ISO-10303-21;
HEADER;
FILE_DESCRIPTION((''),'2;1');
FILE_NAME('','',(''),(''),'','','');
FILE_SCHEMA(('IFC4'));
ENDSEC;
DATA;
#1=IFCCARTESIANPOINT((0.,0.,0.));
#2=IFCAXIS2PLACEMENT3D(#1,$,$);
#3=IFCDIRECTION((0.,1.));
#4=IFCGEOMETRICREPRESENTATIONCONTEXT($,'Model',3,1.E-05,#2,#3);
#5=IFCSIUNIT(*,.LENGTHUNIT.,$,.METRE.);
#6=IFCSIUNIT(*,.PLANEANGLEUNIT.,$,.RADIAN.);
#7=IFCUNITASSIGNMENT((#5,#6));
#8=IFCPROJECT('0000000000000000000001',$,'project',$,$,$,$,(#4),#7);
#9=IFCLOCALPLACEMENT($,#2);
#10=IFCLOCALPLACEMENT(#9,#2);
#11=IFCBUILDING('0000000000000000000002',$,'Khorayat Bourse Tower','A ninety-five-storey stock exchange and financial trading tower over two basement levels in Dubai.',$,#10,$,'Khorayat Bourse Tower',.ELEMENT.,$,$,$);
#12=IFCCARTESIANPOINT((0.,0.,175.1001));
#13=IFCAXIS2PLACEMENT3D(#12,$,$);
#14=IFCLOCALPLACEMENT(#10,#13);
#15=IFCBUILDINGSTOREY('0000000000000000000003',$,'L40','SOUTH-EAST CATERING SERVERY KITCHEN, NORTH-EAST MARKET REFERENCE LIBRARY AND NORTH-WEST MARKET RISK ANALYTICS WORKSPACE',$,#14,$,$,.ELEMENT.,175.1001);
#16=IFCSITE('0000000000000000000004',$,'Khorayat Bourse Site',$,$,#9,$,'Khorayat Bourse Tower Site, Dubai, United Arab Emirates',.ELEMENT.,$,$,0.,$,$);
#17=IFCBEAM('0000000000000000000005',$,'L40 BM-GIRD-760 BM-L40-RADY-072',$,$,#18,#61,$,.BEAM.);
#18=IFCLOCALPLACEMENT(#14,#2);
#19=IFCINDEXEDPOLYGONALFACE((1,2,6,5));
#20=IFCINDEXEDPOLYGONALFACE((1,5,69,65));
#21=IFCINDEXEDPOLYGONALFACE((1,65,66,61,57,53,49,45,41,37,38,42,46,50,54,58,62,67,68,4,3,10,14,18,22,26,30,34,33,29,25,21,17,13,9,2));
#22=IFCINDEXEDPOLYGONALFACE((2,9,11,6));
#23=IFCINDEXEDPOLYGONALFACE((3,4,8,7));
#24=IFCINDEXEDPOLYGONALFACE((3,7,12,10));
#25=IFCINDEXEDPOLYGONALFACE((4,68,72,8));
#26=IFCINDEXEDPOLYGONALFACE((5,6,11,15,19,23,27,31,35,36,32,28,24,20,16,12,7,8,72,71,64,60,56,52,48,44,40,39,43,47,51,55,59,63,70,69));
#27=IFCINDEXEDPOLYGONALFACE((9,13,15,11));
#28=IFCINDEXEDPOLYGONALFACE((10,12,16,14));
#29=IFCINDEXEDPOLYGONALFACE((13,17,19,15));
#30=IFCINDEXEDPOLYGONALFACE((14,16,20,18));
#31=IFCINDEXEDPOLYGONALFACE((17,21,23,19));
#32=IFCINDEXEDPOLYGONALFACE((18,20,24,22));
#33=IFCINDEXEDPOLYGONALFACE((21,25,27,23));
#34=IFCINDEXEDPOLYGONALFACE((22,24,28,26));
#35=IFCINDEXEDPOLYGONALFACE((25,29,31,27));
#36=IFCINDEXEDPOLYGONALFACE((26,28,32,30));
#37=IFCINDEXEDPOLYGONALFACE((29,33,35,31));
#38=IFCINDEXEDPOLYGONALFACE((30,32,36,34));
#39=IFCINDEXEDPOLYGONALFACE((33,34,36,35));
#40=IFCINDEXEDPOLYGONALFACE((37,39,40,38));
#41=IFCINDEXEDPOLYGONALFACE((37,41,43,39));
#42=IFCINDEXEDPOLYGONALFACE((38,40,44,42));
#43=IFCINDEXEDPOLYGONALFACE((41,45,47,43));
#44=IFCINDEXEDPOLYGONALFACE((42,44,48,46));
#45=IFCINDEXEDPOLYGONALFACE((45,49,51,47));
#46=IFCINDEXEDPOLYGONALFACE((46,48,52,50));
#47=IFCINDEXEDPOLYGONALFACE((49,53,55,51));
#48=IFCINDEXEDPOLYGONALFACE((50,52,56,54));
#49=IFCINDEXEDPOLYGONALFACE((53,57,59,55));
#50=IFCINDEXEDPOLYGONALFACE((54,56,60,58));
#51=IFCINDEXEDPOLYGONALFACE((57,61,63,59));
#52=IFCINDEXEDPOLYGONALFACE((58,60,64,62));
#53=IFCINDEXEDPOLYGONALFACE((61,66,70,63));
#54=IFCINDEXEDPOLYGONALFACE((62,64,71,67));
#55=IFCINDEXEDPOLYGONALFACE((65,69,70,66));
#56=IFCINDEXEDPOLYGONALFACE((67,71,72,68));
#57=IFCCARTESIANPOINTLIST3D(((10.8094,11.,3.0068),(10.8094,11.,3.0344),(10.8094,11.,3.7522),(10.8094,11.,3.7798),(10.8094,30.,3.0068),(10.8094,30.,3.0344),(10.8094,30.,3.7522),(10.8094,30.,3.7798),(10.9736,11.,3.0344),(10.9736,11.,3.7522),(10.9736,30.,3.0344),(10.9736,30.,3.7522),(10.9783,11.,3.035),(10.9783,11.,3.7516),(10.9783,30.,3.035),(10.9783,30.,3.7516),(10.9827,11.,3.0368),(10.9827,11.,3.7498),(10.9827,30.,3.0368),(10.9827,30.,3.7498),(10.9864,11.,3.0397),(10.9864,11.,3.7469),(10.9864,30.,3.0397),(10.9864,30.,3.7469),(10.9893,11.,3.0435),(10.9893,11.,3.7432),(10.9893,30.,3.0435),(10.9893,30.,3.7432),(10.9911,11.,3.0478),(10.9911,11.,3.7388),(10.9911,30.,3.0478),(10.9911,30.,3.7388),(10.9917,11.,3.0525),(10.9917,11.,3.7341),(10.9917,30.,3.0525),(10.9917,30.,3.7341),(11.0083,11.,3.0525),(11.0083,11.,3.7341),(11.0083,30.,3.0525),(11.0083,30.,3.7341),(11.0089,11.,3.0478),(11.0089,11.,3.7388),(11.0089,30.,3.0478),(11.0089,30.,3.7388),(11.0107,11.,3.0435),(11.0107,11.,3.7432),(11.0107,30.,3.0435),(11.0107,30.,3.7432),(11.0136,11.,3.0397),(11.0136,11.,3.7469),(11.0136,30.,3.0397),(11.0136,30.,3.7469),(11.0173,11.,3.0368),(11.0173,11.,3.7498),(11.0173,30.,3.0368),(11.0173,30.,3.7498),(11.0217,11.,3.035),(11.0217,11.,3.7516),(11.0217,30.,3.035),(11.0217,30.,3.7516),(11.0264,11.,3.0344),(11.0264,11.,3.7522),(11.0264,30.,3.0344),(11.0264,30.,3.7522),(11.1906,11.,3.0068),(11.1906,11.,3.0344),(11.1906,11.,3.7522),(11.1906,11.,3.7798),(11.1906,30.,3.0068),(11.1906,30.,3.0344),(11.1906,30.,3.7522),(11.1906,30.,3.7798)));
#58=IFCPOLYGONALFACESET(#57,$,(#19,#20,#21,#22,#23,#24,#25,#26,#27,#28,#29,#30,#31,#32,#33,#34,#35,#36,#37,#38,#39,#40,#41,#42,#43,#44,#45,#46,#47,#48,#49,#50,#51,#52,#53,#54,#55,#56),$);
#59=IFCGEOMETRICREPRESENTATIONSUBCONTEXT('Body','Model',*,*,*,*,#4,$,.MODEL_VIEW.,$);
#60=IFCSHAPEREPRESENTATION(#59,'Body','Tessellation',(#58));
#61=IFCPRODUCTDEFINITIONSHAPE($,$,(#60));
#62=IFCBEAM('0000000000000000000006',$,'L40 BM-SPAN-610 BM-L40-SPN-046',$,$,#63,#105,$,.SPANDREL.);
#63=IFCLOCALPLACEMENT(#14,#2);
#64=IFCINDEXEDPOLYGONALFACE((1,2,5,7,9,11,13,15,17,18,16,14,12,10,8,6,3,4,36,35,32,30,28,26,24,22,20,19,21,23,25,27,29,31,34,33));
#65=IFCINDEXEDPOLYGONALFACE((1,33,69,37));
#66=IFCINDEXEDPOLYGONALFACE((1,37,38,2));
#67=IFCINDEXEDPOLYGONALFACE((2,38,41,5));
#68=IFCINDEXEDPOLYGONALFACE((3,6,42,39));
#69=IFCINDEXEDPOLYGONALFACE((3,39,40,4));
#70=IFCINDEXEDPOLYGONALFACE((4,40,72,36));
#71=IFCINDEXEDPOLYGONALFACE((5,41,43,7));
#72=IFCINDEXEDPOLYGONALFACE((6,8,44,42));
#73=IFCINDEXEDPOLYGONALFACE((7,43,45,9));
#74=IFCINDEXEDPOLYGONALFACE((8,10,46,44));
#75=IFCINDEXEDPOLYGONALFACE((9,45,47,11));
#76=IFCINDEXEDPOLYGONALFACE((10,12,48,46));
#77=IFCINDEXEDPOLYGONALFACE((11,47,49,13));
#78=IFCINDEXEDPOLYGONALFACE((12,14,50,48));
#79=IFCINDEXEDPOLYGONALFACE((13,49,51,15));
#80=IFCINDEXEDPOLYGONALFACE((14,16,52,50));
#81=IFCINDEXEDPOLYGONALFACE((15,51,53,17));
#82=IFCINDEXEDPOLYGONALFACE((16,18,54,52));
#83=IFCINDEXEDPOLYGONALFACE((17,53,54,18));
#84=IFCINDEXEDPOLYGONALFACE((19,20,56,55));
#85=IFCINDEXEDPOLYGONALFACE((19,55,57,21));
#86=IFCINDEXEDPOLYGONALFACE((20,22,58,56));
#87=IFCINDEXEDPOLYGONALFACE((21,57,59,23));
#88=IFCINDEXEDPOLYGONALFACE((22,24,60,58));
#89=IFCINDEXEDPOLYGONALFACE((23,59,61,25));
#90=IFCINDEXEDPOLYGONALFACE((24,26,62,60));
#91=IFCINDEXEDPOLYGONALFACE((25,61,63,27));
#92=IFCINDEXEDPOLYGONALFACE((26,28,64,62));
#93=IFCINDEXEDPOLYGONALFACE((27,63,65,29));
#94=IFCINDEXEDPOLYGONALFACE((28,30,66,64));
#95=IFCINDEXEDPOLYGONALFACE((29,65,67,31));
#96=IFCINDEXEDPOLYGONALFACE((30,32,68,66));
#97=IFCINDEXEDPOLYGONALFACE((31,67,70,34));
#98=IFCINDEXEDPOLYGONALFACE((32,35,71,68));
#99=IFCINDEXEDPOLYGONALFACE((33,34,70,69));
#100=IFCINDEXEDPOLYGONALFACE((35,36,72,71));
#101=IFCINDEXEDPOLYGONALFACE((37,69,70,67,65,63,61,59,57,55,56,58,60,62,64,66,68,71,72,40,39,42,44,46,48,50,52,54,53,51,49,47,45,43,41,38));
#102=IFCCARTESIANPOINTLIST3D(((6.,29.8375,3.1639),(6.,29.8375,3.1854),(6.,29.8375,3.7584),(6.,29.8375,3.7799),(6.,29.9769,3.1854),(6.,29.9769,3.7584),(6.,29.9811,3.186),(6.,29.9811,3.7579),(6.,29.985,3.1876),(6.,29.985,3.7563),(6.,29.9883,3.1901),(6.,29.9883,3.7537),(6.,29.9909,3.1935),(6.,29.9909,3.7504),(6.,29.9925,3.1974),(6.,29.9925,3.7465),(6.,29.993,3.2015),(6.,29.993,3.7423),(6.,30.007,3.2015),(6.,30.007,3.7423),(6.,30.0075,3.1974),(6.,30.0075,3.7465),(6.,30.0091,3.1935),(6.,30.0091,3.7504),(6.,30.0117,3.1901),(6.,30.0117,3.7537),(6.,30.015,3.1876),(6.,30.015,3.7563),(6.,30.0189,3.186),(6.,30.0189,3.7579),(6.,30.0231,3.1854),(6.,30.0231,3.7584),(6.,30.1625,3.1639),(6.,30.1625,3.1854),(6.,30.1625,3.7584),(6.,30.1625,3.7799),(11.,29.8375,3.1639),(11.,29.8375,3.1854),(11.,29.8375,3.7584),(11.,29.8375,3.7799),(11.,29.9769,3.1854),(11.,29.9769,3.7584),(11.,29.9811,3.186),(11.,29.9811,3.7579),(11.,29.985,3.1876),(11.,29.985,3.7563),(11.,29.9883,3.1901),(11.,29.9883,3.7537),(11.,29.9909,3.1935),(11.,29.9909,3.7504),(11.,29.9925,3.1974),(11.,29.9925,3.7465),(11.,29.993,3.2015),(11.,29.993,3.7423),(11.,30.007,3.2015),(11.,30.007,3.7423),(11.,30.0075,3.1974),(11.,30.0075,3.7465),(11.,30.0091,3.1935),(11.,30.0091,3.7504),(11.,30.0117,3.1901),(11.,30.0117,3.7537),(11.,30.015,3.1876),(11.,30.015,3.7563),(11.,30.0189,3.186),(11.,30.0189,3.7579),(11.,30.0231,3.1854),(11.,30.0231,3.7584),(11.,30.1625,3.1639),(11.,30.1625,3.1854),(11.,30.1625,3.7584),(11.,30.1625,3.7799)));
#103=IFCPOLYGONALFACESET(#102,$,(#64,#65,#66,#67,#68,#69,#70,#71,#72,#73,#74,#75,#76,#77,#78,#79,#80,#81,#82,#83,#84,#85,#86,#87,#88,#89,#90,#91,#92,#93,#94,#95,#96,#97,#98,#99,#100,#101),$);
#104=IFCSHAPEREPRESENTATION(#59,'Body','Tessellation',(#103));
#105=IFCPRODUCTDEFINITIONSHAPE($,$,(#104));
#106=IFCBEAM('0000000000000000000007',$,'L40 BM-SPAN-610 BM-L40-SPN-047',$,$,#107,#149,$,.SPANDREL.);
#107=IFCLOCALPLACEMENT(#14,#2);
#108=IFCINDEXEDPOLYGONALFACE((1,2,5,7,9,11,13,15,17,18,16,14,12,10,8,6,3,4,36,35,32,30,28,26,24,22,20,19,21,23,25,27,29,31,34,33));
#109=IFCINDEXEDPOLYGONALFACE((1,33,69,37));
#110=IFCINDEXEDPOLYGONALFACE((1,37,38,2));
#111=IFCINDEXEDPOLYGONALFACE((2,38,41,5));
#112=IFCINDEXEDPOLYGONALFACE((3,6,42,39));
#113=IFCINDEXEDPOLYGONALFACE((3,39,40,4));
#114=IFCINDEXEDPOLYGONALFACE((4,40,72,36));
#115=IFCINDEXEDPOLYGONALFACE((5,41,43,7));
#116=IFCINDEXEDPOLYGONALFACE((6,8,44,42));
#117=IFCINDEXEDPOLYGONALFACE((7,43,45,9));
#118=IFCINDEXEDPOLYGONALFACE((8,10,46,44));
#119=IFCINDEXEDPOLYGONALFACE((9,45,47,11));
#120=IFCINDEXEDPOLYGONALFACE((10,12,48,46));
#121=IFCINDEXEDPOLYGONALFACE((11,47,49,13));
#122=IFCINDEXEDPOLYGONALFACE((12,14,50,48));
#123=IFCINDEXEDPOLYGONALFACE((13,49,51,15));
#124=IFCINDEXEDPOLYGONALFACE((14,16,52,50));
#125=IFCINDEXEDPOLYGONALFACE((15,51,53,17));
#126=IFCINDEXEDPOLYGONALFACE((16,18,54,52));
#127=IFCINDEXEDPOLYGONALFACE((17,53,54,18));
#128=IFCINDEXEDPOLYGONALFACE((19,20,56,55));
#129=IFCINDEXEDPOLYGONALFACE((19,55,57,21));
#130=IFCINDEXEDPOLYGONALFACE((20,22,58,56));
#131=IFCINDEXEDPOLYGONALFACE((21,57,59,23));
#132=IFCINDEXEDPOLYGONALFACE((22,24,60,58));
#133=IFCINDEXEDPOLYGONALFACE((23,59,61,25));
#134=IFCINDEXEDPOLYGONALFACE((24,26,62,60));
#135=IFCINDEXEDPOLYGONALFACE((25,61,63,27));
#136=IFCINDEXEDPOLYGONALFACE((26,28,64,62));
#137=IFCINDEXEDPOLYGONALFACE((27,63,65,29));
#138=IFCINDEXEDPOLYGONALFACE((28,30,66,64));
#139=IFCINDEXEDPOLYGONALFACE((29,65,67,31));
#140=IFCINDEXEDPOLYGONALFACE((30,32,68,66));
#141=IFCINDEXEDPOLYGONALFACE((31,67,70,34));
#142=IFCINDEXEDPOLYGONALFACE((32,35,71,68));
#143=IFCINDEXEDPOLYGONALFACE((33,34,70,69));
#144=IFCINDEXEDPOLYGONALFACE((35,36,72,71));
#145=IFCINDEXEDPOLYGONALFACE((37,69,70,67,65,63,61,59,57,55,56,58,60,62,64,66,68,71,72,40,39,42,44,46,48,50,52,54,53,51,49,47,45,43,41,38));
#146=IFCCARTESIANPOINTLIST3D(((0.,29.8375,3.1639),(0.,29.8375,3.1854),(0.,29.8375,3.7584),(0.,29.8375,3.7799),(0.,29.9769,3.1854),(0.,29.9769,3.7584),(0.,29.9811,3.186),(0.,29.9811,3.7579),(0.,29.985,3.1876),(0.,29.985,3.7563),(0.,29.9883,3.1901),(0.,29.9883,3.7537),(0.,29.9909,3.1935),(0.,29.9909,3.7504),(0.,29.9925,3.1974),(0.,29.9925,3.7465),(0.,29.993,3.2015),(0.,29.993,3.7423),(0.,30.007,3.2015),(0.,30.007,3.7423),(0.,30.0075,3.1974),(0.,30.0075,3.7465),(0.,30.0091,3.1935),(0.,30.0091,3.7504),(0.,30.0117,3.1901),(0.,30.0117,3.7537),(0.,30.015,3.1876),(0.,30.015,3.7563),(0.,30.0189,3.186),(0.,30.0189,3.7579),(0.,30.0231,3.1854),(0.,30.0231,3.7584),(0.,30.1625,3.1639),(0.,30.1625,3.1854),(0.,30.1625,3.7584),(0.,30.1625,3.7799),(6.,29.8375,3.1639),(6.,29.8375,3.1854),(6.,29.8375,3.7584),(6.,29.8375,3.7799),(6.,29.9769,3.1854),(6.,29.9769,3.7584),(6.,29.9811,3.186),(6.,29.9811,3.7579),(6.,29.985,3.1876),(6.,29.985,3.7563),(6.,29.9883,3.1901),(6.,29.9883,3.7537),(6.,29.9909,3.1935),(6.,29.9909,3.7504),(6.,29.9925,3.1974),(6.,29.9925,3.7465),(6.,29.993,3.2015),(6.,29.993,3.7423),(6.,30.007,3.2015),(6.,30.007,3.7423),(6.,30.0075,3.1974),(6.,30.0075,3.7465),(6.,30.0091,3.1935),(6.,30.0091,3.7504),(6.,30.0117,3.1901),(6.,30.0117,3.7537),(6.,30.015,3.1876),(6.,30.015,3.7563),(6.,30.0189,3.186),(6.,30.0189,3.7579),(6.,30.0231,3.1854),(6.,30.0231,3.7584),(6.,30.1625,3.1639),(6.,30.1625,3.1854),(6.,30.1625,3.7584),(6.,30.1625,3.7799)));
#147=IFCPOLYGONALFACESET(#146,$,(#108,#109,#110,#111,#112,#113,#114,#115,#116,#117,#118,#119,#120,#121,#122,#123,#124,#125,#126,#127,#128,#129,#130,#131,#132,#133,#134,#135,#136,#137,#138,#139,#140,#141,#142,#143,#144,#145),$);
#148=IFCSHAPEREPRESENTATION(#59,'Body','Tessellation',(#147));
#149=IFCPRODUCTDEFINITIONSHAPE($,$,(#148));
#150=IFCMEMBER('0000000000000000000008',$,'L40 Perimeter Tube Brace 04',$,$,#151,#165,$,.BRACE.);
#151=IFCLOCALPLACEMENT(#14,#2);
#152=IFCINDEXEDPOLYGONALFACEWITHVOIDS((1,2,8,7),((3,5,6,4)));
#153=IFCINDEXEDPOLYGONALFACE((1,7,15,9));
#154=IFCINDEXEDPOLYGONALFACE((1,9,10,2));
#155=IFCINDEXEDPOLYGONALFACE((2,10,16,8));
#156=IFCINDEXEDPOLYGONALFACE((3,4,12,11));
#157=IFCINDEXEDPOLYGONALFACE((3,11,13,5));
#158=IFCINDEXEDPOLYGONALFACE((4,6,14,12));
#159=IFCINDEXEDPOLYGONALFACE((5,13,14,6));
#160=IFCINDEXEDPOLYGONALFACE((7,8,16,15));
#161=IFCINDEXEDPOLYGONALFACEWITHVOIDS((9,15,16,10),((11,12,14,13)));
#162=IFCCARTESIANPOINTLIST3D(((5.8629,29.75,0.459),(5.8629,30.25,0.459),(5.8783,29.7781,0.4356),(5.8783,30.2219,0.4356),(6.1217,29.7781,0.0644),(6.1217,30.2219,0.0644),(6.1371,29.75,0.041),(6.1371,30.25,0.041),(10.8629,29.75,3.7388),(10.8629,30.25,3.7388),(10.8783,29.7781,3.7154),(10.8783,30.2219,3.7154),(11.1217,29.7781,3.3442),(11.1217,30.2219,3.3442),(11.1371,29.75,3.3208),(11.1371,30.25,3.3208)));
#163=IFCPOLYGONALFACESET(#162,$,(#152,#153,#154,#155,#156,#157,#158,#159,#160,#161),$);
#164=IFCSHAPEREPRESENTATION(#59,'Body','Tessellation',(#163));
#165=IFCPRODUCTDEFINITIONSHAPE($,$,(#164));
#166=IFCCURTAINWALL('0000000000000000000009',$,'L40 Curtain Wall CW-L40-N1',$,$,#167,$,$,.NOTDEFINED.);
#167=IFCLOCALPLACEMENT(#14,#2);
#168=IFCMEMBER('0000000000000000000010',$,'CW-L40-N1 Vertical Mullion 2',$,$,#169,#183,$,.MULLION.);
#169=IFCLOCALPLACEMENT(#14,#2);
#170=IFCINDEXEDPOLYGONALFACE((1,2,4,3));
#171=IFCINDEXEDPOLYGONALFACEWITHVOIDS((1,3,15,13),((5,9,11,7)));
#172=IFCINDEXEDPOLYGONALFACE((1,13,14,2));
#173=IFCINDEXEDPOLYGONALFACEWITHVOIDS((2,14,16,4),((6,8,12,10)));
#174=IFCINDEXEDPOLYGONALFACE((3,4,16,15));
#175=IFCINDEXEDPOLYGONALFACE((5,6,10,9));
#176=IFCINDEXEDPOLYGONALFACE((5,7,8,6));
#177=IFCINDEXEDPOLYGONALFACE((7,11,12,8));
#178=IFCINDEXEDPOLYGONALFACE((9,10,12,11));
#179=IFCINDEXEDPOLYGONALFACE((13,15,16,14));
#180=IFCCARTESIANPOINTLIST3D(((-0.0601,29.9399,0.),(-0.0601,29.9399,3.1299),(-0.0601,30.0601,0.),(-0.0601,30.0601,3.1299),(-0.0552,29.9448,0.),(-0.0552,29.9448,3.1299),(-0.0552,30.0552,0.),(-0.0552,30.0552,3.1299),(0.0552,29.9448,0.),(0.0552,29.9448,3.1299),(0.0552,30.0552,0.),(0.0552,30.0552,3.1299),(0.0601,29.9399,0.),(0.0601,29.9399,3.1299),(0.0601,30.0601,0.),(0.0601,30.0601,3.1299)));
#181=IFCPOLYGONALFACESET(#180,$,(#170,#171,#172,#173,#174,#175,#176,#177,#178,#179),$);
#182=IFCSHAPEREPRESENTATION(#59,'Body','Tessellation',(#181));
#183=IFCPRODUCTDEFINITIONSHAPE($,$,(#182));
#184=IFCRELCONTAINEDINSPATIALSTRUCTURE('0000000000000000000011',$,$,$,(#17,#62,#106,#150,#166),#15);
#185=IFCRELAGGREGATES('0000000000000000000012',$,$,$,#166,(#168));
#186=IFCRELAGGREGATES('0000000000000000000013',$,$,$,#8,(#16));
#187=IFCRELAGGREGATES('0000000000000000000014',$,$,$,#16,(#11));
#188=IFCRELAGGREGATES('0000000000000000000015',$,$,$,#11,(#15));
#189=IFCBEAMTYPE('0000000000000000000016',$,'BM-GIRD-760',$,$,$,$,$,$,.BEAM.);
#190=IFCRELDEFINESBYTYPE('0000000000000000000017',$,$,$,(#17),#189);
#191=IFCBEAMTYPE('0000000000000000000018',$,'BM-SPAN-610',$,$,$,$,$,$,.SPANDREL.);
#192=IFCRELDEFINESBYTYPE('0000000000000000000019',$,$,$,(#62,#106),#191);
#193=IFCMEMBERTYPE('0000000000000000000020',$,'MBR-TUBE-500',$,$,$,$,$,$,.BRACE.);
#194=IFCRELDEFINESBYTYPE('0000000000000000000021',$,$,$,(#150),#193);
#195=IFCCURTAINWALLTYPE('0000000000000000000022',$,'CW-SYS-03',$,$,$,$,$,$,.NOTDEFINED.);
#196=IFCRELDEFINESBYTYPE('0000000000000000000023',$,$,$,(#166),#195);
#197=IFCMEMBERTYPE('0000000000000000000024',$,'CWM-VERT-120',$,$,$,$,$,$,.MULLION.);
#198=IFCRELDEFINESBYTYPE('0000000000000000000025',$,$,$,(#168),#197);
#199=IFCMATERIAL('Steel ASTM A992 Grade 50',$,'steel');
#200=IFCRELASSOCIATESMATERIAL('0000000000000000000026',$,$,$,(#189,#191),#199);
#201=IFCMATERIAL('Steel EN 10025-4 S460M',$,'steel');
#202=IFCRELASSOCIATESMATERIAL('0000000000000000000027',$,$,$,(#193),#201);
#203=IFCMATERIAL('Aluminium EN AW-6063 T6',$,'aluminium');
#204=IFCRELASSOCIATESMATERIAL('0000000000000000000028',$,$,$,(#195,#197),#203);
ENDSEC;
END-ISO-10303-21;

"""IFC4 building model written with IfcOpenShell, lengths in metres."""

from ifc_helpers import new_model, si_unit, direction, frame, origin, origin_2d, place, context, subcontext, project, spatial, hollow_rectangle, i_section, extrude, source, transform, mapped, material, material_profile, profile_set, type_object, element, aggregate, save


model = new_model("IFC4")

# Units and contexts
model_context = context("Model", 3, precision=1e-05, world=origin(), true_north=direction((0.0, 1.0)))
body_context = subcontext(model_context, "Body", "Model", "MODEL_VIEW")
ifc_project = project(units=[si_unit("LENGTHUNIT", "METRE"), si_unit("PLANEANGLEUNIT", "RADIAN")], contexts=[model_context])

# Site, building, storey
site_placement = place(None, origin())
site = spatial("IfcSite", under=ifc_project, at=site_placement, Name="Khorayat Bourse Site", LongName="Khorayat Bourse Tower Site, Dubai, United Arab Emirates", CompositionType="ELEMENT", RefElevation=0.0)
building_placement = place(site_placement, origin())
building = spatial("IfcBuilding", under=site, at=building_placement, Name="Khorayat Bourse Tower", Description="A ninety-five-storey stock exchange and financial trading tower over two basement levels in Dubai.", LongName="Khorayat Bourse Tower", CompositionType="ELEMENT")
storey_placement = place(building_placement, frame((0.0, 0.0, 175.1001)))
storey = spatial("IfcBuildingStorey", under=building, at=storey_placement, Name="L40", Description="SOUTH-EAST CATERING SERVERY KITCHEN, NORTH-EAST MARKET REFERENCE LIBRARY AND NORTH-WEST MARKET RISK ANALYTICS WORKSPACE", CompositionType="ELEMENT", Elevation=175.1001)

# Shared definitions
ifc_material_1 = material(Name="Steel EN 10025-4 S460M", Category="steel")

# Beams
ifc_material_2 = material(Name="Steel ASTM A992 Grade 50", Category="steel")
ifc_material_profile_1 = material_profile(ifc_material_2, i_section(OverallWidth=0.3811, OverallDepth=0.7729, WebThickness=0.0166, FlangeThickness=0.0276, FilletRadius=0.0181, at=origin_2d()), Name="W760X257")
ifc_profile_set_1 = profile_set([ifc_material_profile_1], Name="Steel ASTM A992 Grade 50")
beam_type_1 = type_object("IfcBeamType", Name="BM-GIRD-760", PredefinedType="BEAM", material=ifc_profile_set_1)
shared_shape_1 = source(origin(), body_context, "Body", "SweptSolid", [
    extrude(i_section(OverallWidth=0.3811, OverallDepth=0.7729, WebThickness=0.0166, FlangeThickness=0.0276, FilletRadius=0.0181, at=origin_2d()), origin(), (0.0, 0.0, 1.0), 19.0),
])
for number, where, z_axis, x_axis, name in (
    (1, (11.0, 11.0, 3.3933), (0.0, 1.0, 0.0), (-1.0, 0.0, 0.0), "L40 BM-GIRD-760 BM-L40-RADY-072"),
):
    element("IfcBeam", number, at=place(storey_placement, frame(where, z_axis=z_axis, x_axis=x_axis)), inside=storey, type_object=beam_type_1, Name=name, PredefinedType="BEAM", context=body_context, shape_type="MappedRepresentation", body=[
        mapped(shared_shape_1, transform((0.0, 0.0, 0.0), scale=1.0)),
    ])
ifc_material_profile_2 = material_profile(ifc_material_2, i_section(OverallWidth=0.325, OverallDepth=0.616, WebThickness=0.0139, FlangeThickness=0.0215, FilletRadius=0.0161, at=origin_2d()), Name="W610X174")
ifc_profile_set_2 = profile_set([ifc_material_profile_2], Name="Steel ASTM A992 Grade 50")
beam_type_2 = type_object("IfcBeamType", Name="BM-SPAN-610", PredefinedType="SPANDREL", material=ifc_profile_set_2)
shared_shape_2 = source(origin(), body_context, "Body", "SweptSolid", [
    extrude(i_section(OverallWidth=0.325, OverallDepth=0.616, WebThickness=0.0139, FlangeThickness=0.0215, FilletRadius=0.0161, at=origin_2d()), origin(), (0.0, 0.0, 1.0), 5.0),
])
beam_1_placement = place(storey_placement, frame((6.0, 30.0, 3.4719), z_axis=(1.0, 0.0, 0.0), x_axis=(0.0, 1.0, 0.0)))
element("IfcBeam", 2, at=beam_1_placement, inside=storey, type_object=beam_type_2, Name="L40 BM-SPAN-610 BM-L40-SPN-046", PredefinedType="SPANDREL", context=body_context, shape_type="MappedRepresentation", body=[
    mapped(shared_shape_2, transform((0.0, 0.0, 0.0), scale=1.0)),
])
shared_shape_3 = source(origin(), body_context, "Body", "SweptSolid", [
    extrude(i_section(OverallWidth=0.325, OverallDepth=0.616, WebThickness=0.0139, FlangeThickness=0.0215, FilletRadius=0.0161, at=origin_2d()), origin(), (0.0, 0.0, 1.0), 6.0),
])
beam_2_placement = place(storey_placement, frame((0.0, 30.0, 3.4719), z_axis=(1.0, 0.0, 0.0), x_axis=(0.0, 1.0, 0.0)))
element("IfcBeam", 3, at=beam_2_placement, inside=storey, type_object=beam_type_2, Name="L40 BM-SPAN-610 BM-L40-SPN-047", PredefinedType="SPANDREL", context=body_context, shape_type="MappedRepresentation", body=[
    mapped(shared_shape_3, transform((0.0, 0.0, 0.0), scale=1.0)),
])

# Member
ifc_material_profile_3 = material_profile(ifc_material_1, hollow_rectangle(XDim=0.5, YDim=0.5, WallThickness=0.0281, at=origin_2d()), Name="HSS 500x500x28")
ifc_profile_set_3 = profile_set([ifc_material_profile_3], Name="Steel EN 10025-4 S460M")
member_type_1 = type_object("IfcMemberType", Name="MBR-TUBE-500", PredefinedType="BRACE", material=ifc_profile_set_3)
shared_shape_4 = source(origin(), body_context, "Body", "SweptSolid", [
    extrude(hollow_rectangle(XDim=0.5, YDim=0.5, WallThickness=0.0281, at=origin_2d()), origin(), (0.0, 0.0, 1.0), 5.9797),
])
member_1_placement = place(storey_placement, frame((6.0, 30.0, 0.25), z_axis=(0.83616, 0.0, 0.548485), x_axis=(0.0, 1.0, 0.0)))
element("IfcMember", 4, at=member_1_placement, inside=storey, type_object=member_type_1, Name="L40 Perimeter Tube Brace 04", PredefinedType="BRACE", context=body_context, shape_type="MappedRepresentation", body=[
    mapped(shared_shape_4, transform((0.0, 0.0, 0.0), scale=1.0)),
])

# Curtain wall, member
ifc_material_3 = material(Name="Aluminium EN AW-6063 T6", Category="aluminium")
curtain_wall_type = type_object("IfcCurtainWallType", Name="CW-SYS-03", PredefinedType="NOTDEFINED", material=ifc_material_3)
curtain_wall_placement = place(storey_placement, origin())
curtain_wall = element("IfcCurtainWall", 5, at=curtain_wall_placement, inside=storey, type_object=curtain_wall_type, Name="L40 Curtain Wall CW-L40-N1", PredefinedType="NOTDEFINED")
ifc_material_profile_4 = material_profile(ifc_material_3, hollow_rectangle(XDim=0.1201, YDim=0.1201, WallThickness=0.0049, at=origin_2d()), Name="ALU 120x120x5")
ifc_profile_set_4 = profile_set([ifc_material_profile_4], Name="Aluminium EN AW-6063 T6")
member_type_2 = type_object("IfcMemberType", Name="CWM-VERT-120", PredefinedType="MULLION", material=ifc_profile_set_4)
shared_shape_5 = source(origin(), body_context, "Body", "SweptSolid", [
    extrude(hollow_rectangle(XDim=0.1201, YDim=0.1201, WallThickness=0.0049, at=origin_2d()), origin(), (0.0, 0.0, 1.0), 3.1299),
])
member_2_placement = place(storey_placement, frame((0.0, 30.0, 0.0), z_axis=(0.0, 0.0, 1.0), x_axis=(0.0, 1.0, 0.0)))
member_2 = element("IfcMember", 6, at=member_2_placement, type_object=member_type_2, Name="CW-L40-N1 Vertical Mullion 2", PredefinedType="MULLION", context=body_context, shape_type="MappedRepresentation", body=[
    mapped(shared_shape_5, transform((0.0, 0.0, 0.0), scale=1.0)),
])
aggregate(curtain_wall, [member_2])

save(model, "model.ifc")
